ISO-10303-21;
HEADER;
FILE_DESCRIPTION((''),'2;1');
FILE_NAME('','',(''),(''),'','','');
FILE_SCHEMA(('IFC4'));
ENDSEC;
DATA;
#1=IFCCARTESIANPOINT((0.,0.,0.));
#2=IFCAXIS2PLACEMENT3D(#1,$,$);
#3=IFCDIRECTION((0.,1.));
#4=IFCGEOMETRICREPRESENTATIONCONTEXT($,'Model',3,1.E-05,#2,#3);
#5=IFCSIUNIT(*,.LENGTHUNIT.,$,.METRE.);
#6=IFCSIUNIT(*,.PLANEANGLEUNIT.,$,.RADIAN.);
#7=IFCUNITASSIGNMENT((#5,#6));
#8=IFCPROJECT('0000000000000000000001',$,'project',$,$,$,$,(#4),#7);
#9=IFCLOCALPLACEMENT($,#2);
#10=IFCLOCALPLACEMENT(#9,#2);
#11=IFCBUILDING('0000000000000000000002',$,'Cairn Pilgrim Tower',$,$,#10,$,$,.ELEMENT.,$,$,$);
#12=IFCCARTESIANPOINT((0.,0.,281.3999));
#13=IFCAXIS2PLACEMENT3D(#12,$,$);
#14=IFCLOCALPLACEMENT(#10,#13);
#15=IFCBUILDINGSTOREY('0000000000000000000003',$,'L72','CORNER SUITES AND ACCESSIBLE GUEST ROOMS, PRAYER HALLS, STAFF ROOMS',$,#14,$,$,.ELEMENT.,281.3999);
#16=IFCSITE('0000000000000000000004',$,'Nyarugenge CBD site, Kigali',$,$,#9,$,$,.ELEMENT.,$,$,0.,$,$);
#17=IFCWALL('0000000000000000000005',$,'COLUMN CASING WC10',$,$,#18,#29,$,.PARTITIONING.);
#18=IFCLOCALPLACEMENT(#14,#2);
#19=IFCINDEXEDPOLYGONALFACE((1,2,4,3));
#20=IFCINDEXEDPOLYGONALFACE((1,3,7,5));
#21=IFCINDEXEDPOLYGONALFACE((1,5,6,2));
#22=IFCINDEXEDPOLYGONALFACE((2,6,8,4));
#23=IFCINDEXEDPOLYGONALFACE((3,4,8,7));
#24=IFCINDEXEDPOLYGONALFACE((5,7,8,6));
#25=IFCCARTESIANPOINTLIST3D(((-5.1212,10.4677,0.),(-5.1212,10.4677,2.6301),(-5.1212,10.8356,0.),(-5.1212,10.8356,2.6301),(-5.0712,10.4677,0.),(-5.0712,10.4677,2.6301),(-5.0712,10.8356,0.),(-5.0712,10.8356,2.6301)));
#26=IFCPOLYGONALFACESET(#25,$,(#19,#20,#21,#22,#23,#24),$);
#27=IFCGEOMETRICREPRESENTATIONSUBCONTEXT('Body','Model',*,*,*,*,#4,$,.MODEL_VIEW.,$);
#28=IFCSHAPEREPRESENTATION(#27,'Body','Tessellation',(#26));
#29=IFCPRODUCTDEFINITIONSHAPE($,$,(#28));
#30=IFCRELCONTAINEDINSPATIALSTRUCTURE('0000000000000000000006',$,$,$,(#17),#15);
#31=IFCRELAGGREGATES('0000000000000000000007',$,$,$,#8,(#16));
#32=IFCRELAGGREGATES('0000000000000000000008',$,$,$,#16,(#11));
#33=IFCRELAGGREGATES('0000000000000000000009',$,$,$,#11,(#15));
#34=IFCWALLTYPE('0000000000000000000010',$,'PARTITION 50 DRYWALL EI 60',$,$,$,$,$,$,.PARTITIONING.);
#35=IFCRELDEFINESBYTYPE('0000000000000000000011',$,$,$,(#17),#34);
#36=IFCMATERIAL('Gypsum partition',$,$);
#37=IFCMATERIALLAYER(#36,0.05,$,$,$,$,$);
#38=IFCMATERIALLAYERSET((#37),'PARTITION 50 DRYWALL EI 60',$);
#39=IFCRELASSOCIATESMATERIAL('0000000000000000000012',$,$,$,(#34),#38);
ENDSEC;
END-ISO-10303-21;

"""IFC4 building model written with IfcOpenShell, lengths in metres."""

from ifc_helpers import new_model, si_unit, direction, frame, frame_2d, origin, place, context, subcontext, project, spatial, rectangle, extrude, material, layer, layer_set, type_object, element, save


model = new_model("IFC4")

# Units and contexts
model_context = context("Model", 3, precision=1e-05, world=origin(), true_north=direction((0.0, 1.0)))
body_context = subcontext(model_context, "Body", "Model", "MODEL_VIEW")
ifc_project = project(units=[si_unit("LENGTHUNIT", "METRE"), si_unit("PLANEANGLEUNIT", "RADIAN")], contexts=[model_context])

# Site, building, storey
site_placement = place(None, origin())
site = spatial("IfcSite", under=ifc_project, at=site_placement, Name="Nyarugenge CBD site, Kigali", CompositionType="ELEMENT", RefElevation=0.0)
building_placement = place(site_placement, origin())
building = spatial("IfcBuilding", under=site, at=building_placement, Name="Cairn Pilgrim Tower", CompositionType="ELEMENT")
storey_placement = place(building_placement, frame((0.0, 0.0, 281.3999)))
storey = spatial("IfcBuildingStorey", under=building, at=storey_placement, Name="L72", Description="CORNER SUITES AND ACCESSIBLE GUEST ROOMS, PRAYER HALLS, STAFF ROOMS", CompositionType="ELEMENT", Elevation=281.3999)

# Shared definitions
ifc_material_1 = material(Name="Gypsum partition")

# Wall
ifc_layer_1 = layer(ifc_material_1, 0.05)
ifc_layer_set_1 = layer_set([ifc_layer_1], Name="PARTITION 50 DRYWALL EI 60")
wall_type_1 = type_object("IfcWallType", Name="PARTITION 50 DRYWALL EI 60", PredefinedType="PARTITIONING", material=ifc_layer_set_1)
wall_1_placement = place(storey_placement, frame((-5.0962, 10.4675, 0.0), z_axis=(0.0, 0.0, 1.0), x_axis=(0.0, 1.0, 0.0)))
element("IfcWall", 1, at=wall_1_placement, inside=storey, type_object=wall_type_1, Name="COLUMN CASING WC10", PredefinedType="PARTITIONING", context=body_context, shape_type="SweptSolid", body=[
    extrude(rectangle(XDim=0.3679, YDim=0.05, at=frame_2d((0.1841, 0.0))), origin(), (0.0, 0.0, 1.0), 2.6301),
])

save(model, "model.ifc")
